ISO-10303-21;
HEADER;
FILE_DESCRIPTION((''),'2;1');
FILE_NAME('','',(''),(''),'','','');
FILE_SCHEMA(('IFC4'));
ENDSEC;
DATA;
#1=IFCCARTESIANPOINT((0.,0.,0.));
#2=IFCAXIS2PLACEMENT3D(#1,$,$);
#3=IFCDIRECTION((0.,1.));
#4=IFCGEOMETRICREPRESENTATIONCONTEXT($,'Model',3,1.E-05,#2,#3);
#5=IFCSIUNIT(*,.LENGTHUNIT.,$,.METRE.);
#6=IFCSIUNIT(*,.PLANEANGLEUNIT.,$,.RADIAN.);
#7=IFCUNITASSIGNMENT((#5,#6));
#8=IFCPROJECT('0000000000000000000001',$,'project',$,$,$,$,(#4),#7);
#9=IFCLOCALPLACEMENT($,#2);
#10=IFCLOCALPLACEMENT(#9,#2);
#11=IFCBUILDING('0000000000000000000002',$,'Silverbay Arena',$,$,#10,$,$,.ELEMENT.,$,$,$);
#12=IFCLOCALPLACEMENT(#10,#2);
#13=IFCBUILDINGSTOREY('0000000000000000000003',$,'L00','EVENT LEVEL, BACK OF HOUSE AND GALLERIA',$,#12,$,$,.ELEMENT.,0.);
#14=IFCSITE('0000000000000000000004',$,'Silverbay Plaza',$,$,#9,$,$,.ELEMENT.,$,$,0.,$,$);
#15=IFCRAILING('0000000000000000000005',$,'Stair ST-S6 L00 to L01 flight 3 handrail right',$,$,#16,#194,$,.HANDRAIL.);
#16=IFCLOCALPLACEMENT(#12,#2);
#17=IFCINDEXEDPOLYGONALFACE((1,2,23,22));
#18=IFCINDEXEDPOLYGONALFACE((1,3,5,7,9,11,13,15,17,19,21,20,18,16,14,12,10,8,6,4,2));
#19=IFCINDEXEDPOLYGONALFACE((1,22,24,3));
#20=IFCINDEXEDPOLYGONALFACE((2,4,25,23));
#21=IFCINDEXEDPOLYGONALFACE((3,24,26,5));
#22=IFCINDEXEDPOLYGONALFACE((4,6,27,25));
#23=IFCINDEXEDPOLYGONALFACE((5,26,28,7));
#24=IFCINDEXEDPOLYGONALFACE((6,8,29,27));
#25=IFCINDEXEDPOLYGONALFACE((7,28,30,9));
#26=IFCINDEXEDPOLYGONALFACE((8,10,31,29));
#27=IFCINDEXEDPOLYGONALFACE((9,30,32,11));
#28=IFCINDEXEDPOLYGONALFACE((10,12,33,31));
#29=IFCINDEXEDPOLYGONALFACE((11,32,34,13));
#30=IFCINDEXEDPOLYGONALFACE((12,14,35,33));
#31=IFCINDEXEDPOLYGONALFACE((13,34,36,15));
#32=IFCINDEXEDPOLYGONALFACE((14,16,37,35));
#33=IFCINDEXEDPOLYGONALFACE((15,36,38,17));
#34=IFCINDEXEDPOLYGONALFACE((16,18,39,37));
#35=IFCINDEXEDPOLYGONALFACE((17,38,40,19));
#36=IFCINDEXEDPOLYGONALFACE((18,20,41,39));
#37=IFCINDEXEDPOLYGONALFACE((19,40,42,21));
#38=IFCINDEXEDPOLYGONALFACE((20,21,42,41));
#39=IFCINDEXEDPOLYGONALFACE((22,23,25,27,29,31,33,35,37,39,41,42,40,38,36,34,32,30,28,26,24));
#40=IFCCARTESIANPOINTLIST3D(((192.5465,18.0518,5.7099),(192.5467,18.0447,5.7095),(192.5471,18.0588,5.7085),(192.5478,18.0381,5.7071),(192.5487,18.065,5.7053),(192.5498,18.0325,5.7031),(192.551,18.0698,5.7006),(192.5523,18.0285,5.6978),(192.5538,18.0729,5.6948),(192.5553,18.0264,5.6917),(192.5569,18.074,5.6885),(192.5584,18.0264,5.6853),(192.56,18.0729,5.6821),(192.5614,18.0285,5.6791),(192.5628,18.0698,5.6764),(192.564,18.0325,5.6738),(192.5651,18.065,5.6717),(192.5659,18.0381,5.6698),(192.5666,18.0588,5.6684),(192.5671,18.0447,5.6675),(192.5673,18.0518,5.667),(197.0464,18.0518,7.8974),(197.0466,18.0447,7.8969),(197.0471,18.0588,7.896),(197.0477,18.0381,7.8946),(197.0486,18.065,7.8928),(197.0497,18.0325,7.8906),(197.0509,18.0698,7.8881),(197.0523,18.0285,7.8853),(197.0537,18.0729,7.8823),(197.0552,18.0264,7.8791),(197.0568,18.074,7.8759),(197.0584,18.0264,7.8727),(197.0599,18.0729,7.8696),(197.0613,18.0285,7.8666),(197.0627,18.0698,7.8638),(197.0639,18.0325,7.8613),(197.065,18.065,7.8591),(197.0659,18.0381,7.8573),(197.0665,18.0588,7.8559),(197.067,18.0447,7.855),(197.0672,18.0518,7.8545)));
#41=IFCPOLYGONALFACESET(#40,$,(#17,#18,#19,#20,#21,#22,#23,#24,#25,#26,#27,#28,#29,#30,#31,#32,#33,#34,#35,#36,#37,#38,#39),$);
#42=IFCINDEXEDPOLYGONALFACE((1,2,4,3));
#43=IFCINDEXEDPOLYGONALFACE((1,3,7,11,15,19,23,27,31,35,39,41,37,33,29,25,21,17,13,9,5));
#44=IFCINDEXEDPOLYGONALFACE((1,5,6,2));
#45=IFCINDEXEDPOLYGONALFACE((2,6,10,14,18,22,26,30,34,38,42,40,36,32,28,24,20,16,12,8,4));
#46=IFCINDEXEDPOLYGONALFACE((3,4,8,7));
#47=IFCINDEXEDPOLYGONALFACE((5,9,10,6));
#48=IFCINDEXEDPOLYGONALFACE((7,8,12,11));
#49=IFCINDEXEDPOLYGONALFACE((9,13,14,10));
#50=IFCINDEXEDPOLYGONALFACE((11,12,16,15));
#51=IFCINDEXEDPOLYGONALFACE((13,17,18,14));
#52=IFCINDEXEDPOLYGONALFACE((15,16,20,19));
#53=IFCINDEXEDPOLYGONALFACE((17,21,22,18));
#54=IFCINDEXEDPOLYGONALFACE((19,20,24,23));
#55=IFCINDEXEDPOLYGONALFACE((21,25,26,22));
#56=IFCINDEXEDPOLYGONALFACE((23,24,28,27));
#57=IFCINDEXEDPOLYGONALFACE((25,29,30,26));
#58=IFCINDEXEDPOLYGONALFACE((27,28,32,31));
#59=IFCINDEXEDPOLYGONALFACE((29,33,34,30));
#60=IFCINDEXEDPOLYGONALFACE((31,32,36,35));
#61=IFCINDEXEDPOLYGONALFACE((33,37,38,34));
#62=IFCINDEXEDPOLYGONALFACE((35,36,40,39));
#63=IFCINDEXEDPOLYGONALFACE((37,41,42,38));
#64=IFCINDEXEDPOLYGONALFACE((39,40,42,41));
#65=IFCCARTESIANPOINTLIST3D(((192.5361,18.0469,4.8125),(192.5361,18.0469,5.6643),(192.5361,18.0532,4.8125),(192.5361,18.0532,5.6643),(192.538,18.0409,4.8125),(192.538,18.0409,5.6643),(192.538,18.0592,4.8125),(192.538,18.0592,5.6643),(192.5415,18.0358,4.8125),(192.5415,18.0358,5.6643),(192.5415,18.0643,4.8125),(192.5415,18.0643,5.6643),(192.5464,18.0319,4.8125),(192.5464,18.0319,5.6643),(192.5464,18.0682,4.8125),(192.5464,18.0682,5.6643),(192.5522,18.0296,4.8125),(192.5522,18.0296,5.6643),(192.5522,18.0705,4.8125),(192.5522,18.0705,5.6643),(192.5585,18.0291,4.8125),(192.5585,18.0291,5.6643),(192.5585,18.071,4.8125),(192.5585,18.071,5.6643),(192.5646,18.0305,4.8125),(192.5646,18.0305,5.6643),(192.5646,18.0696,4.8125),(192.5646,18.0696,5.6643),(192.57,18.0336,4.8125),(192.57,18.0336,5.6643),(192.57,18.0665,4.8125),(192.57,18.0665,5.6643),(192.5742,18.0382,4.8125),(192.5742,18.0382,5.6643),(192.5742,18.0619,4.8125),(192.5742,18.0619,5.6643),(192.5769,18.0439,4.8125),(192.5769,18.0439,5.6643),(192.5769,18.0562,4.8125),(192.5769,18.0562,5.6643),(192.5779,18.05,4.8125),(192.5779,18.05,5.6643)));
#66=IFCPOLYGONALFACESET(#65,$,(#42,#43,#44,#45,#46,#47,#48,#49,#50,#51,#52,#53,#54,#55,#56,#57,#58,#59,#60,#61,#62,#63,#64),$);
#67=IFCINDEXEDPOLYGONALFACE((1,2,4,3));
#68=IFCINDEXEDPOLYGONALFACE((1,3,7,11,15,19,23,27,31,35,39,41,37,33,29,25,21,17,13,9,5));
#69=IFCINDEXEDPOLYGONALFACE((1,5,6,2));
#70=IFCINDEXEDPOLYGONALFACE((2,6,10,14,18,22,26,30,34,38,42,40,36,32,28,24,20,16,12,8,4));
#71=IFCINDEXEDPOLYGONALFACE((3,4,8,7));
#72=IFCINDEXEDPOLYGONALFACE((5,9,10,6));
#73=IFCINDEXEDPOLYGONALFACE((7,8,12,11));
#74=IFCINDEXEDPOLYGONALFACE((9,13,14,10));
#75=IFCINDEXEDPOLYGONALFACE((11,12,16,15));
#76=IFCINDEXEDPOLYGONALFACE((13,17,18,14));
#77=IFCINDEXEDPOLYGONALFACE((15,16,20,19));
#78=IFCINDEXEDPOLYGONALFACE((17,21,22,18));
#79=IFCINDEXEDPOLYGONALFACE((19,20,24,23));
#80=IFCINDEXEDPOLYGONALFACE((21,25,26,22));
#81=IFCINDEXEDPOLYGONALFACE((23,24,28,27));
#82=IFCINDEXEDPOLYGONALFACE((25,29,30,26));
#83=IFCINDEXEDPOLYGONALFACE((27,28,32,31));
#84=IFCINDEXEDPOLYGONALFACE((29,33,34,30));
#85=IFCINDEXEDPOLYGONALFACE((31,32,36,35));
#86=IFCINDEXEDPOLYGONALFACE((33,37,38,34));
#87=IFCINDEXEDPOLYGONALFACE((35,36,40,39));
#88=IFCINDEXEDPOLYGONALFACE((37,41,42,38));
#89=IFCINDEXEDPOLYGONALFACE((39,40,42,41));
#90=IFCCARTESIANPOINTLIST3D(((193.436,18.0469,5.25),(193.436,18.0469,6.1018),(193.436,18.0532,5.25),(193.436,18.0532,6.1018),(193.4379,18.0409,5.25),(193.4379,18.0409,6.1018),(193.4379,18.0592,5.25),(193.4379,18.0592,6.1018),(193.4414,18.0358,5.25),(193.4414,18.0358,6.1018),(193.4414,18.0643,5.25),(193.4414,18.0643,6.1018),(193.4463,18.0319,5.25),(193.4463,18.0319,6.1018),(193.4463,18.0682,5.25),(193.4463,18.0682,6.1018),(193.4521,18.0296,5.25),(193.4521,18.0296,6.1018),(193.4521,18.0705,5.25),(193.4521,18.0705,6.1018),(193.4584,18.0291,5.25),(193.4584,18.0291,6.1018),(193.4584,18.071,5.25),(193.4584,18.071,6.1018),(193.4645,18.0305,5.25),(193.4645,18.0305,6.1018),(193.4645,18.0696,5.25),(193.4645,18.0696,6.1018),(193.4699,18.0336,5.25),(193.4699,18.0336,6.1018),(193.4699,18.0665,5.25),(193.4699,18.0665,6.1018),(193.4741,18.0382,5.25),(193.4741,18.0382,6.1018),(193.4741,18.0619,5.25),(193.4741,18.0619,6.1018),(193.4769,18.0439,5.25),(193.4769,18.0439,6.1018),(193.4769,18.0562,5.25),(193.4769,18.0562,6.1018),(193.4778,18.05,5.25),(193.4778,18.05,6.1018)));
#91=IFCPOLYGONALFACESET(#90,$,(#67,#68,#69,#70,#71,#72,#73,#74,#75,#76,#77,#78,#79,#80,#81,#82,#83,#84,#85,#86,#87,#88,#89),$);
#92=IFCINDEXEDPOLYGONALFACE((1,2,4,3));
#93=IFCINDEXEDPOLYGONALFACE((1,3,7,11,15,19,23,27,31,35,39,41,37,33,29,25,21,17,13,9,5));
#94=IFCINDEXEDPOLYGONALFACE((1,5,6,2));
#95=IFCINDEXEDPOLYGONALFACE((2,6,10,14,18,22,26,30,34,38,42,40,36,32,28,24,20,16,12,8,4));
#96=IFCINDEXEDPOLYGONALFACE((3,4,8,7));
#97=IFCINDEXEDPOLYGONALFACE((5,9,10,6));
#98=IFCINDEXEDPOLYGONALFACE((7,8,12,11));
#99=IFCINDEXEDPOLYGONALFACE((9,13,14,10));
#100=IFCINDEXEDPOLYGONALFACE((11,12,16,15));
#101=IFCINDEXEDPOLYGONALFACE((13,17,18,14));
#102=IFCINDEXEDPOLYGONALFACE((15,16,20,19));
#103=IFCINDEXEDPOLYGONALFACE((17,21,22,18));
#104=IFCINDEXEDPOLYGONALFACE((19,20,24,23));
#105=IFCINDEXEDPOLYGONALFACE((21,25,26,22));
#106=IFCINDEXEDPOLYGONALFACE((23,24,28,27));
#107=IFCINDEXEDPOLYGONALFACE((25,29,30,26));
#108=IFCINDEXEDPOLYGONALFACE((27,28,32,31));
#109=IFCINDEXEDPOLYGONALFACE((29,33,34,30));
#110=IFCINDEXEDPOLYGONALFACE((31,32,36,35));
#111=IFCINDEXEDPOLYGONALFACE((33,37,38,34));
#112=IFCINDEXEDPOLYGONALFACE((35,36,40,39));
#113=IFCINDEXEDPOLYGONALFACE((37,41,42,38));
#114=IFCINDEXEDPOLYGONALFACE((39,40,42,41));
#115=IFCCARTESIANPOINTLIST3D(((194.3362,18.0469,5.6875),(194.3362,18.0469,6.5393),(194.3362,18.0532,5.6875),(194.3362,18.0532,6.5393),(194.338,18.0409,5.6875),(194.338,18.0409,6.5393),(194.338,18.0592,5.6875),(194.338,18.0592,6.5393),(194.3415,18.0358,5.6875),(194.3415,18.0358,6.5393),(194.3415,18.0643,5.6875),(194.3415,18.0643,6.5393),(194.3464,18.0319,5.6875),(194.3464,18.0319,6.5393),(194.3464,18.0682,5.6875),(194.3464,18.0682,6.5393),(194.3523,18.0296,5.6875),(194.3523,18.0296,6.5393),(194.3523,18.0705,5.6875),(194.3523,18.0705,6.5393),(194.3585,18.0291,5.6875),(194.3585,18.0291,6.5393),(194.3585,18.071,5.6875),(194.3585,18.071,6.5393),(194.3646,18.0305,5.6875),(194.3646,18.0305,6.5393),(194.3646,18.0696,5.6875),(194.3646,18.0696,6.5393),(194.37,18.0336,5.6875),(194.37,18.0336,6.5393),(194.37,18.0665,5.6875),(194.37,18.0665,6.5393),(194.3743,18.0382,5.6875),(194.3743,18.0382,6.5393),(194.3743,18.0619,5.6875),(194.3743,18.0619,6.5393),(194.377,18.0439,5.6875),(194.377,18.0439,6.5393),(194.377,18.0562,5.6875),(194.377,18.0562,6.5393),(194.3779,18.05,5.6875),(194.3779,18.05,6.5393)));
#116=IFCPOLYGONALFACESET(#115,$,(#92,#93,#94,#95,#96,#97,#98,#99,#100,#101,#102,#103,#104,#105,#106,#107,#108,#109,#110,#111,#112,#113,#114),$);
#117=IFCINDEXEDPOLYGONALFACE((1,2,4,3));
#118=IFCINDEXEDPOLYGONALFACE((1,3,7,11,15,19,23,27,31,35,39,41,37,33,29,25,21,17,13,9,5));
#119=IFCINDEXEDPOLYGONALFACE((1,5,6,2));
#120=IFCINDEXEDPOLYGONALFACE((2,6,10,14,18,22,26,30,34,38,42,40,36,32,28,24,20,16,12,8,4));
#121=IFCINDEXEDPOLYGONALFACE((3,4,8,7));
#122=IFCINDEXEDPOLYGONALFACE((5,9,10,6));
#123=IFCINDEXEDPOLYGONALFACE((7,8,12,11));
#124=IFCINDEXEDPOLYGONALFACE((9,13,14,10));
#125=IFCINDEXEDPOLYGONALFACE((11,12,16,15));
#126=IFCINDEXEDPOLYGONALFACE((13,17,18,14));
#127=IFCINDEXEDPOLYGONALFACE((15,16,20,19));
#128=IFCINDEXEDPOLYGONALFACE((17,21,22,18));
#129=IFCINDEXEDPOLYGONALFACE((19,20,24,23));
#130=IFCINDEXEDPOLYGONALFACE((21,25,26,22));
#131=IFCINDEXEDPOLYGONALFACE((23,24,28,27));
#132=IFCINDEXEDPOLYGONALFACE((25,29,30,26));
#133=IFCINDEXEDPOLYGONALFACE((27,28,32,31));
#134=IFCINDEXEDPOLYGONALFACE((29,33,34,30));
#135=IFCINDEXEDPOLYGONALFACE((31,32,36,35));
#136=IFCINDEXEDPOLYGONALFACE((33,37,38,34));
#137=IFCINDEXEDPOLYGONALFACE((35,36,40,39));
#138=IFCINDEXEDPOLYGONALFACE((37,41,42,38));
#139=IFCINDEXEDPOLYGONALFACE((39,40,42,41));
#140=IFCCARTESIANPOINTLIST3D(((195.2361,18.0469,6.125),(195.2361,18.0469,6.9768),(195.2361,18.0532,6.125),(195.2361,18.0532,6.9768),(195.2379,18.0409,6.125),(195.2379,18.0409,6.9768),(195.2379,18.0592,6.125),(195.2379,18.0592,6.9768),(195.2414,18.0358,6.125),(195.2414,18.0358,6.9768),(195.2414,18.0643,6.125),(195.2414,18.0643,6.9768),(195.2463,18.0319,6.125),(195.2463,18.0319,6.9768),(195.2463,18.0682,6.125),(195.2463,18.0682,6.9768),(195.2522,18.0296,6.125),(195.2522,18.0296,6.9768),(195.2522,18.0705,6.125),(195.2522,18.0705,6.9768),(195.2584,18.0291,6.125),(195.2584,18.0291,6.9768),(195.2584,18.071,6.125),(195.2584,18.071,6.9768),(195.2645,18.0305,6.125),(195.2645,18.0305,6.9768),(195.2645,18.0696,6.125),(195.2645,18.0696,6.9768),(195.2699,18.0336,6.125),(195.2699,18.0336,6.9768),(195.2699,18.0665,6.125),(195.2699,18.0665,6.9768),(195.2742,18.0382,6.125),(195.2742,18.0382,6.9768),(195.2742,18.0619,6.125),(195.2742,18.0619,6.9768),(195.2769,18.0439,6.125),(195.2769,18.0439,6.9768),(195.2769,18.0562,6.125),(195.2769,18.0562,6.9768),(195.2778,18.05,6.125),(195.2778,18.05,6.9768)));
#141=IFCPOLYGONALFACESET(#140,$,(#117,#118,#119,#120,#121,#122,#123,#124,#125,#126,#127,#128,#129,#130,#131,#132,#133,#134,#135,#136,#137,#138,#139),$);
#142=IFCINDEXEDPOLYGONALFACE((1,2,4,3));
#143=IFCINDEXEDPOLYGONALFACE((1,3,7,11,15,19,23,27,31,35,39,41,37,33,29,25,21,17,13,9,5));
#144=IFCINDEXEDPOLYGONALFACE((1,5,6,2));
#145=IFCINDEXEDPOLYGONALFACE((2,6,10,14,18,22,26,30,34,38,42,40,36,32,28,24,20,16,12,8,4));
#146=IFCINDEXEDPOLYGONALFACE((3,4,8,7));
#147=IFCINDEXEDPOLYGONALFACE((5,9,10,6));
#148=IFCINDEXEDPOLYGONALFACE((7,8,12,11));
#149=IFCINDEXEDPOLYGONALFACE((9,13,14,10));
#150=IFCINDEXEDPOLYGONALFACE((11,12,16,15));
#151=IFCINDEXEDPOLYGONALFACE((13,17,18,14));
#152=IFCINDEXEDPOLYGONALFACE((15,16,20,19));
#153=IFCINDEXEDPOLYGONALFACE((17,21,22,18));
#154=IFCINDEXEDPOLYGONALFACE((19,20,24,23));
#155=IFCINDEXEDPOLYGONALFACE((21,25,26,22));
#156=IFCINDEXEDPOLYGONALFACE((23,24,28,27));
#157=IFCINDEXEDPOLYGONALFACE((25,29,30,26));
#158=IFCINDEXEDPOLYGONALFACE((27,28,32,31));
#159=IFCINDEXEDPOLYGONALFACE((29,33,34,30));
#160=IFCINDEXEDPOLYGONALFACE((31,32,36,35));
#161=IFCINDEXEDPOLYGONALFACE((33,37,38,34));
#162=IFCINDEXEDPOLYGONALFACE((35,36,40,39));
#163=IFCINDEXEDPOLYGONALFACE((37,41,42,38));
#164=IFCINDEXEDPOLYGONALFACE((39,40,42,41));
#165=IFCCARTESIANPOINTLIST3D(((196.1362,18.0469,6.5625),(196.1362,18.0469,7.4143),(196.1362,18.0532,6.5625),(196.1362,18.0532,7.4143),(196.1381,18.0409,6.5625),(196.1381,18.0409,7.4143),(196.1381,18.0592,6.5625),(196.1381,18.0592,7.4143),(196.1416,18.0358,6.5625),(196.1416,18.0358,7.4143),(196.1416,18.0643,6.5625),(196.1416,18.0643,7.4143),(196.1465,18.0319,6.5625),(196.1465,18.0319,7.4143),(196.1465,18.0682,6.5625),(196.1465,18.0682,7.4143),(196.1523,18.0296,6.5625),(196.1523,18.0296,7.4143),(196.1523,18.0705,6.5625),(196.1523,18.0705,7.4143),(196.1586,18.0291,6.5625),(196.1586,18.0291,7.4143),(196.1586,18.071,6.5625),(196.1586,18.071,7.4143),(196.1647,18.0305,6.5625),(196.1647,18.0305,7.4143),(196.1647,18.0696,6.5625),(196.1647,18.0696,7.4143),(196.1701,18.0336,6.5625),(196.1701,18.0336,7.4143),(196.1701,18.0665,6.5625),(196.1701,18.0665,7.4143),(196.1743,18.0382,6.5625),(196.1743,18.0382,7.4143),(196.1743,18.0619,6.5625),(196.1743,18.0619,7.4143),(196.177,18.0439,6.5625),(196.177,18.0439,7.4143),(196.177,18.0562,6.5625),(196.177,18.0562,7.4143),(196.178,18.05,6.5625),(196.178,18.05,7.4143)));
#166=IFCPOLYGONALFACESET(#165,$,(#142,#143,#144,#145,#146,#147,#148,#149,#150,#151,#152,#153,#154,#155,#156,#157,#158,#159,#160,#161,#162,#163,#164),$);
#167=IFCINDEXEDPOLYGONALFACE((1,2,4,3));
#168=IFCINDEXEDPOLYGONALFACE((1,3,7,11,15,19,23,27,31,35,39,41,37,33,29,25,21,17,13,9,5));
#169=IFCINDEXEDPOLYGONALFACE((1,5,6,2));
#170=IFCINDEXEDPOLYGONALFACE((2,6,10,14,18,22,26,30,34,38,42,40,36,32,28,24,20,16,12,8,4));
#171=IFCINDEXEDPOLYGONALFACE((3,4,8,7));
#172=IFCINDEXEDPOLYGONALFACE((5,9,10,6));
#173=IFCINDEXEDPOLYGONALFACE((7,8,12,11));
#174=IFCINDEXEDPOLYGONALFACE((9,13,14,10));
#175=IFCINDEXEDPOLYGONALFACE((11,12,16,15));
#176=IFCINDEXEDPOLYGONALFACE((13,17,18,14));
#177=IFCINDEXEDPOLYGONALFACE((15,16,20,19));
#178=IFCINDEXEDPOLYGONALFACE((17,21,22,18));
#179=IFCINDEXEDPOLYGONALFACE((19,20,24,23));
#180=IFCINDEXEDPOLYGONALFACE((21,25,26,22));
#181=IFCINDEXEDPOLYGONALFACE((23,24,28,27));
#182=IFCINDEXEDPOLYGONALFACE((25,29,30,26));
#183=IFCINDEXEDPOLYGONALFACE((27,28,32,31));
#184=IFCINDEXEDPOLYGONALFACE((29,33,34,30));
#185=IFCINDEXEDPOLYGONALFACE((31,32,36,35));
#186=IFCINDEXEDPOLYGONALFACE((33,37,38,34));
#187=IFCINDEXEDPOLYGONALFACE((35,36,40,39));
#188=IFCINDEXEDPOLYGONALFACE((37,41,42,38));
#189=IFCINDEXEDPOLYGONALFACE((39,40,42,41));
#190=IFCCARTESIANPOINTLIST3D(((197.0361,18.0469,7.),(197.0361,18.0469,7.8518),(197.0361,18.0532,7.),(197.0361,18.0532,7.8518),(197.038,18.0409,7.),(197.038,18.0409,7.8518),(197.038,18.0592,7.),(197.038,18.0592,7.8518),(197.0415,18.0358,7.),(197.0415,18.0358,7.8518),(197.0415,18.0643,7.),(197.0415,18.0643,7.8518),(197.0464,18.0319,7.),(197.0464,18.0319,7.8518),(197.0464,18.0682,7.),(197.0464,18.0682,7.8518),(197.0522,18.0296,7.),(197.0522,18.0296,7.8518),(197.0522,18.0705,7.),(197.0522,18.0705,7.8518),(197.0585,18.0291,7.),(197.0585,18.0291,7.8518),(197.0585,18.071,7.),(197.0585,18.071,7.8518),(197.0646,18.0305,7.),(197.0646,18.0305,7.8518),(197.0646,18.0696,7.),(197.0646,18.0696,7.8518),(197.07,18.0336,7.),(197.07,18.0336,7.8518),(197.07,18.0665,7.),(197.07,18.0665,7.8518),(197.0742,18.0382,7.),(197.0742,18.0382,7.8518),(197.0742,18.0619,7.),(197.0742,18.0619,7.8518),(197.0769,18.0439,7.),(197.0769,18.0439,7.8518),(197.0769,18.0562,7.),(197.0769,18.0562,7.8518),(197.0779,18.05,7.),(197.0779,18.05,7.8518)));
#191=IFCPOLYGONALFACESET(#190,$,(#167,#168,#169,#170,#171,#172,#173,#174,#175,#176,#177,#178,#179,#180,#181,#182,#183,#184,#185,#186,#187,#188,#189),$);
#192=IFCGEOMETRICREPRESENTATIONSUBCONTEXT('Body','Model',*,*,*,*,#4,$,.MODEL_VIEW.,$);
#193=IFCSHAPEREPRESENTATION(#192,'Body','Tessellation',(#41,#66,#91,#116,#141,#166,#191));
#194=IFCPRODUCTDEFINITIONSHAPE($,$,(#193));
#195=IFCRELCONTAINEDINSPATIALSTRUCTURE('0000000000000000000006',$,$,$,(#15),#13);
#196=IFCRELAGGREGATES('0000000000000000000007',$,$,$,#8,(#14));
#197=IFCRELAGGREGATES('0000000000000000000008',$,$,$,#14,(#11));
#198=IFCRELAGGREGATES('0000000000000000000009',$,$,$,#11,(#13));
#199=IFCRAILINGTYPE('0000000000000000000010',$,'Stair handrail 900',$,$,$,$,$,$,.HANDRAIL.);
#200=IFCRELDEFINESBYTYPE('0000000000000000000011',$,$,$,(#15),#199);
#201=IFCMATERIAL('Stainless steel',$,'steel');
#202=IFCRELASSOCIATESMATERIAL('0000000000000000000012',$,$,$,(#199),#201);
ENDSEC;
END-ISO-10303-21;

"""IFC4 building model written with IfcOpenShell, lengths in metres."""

from ifc_helpers import new_model, si_unit, direction, frame, origin, origin_2d, place, context, subcontext, project, spatial, circle, extrude, material, type_object, element, save


model = new_model("IFC4")

# Units and contexts
model_context = context("Model", 3, precision=1e-05, world=origin(), true_north=direction((0.0, 1.0)))
body_context = subcontext(model_context, "Body", "Model", "MODEL_VIEW")
ifc_project = project(units=[si_unit("LENGTHUNIT", "METRE"), si_unit("PLANEANGLEUNIT", "RADIAN")], contexts=[model_context])

# Site, building, storey
site_placement = place(None, origin())
site = spatial("IfcSite", under=ifc_project, at=site_placement, Name="Silverbay Plaza", CompositionType="ELEMENT", RefElevation=0.0)
building_placement = place(site_placement, origin())
building = spatial("IfcBuilding", under=site, at=building_placement, Name="Silverbay Arena", CompositionType="ELEMENT")
storey_placement = place(building_placement, origin())
storey = spatial("IfcBuildingStorey", under=building, at=storey_placement, Name="L00", Description="EVENT LEVEL, BACK OF HOUSE AND GALLERIA", CompositionType="ELEMENT", Elevation=0.0)

# Railing
ifc_material_1 = material(Name="Stainless steel", Category="steel")
railing_type_1 = type_object("IfcRailingType", Name="Stair handrail 900", PredefinedType="HANDRAIL", material=ifc_material_1)
for number, where, name in (
    (1, (192.5569, 18.05, 4.8125), "Stair ST-S6 L00 to L01 flight 3 handrail right"),
):
    element("IfcRailing", number, at=place(storey_placement, frame(where)), inside=storey, type_object=railing_type_1, Name=name, PredefinedType="HANDRAIL", context=body_context, shape_type="SweptSolid", body=[
        extrude(circle(Radius=0.0239, at=origin_2d()), frame((0.0, 0.0, 0.876), z_axis=(0.899368, 0.0, 0.437193), x_axis=(0.0, 1.0, 0.0)), (0.0, 0.0, 1.0), 5.0034),
        extrude(circle(Radius=0.021, at=origin_2d()), origin(), (0.0, 0.0, 1.0), 0.8518),
        extrude(circle(Radius=0.021, at=origin_2d()), frame((0.8999, 0.0, 0.4375)), (0.0, 0.0, 1.0), 0.8518),
        extrude(circle(Radius=0.021, at=origin_2d()), frame((1.8, 0.0, 0.875)), (0.0, 0.0, 1.0), 0.8518),
        extrude(circle(Radius=0.021, at=origin_2d()), frame((2.7, 0.0, 1.3125)), (0.0, 0.0, 1.0), 0.8518),
        extrude(circle(Radius=0.021, at=origin_2d()), frame((3.6001, 0.0, 1.75)), (0.0, 0.0, 1.0), 0.8518),
        extrude(circle(Radius=0.021, at=origin_2d()), frame((4.5, 0.0, 2.1875)), (0.0, 0.0, 1.0), 0.8518),
    ])

save(model, "model.ifc")
